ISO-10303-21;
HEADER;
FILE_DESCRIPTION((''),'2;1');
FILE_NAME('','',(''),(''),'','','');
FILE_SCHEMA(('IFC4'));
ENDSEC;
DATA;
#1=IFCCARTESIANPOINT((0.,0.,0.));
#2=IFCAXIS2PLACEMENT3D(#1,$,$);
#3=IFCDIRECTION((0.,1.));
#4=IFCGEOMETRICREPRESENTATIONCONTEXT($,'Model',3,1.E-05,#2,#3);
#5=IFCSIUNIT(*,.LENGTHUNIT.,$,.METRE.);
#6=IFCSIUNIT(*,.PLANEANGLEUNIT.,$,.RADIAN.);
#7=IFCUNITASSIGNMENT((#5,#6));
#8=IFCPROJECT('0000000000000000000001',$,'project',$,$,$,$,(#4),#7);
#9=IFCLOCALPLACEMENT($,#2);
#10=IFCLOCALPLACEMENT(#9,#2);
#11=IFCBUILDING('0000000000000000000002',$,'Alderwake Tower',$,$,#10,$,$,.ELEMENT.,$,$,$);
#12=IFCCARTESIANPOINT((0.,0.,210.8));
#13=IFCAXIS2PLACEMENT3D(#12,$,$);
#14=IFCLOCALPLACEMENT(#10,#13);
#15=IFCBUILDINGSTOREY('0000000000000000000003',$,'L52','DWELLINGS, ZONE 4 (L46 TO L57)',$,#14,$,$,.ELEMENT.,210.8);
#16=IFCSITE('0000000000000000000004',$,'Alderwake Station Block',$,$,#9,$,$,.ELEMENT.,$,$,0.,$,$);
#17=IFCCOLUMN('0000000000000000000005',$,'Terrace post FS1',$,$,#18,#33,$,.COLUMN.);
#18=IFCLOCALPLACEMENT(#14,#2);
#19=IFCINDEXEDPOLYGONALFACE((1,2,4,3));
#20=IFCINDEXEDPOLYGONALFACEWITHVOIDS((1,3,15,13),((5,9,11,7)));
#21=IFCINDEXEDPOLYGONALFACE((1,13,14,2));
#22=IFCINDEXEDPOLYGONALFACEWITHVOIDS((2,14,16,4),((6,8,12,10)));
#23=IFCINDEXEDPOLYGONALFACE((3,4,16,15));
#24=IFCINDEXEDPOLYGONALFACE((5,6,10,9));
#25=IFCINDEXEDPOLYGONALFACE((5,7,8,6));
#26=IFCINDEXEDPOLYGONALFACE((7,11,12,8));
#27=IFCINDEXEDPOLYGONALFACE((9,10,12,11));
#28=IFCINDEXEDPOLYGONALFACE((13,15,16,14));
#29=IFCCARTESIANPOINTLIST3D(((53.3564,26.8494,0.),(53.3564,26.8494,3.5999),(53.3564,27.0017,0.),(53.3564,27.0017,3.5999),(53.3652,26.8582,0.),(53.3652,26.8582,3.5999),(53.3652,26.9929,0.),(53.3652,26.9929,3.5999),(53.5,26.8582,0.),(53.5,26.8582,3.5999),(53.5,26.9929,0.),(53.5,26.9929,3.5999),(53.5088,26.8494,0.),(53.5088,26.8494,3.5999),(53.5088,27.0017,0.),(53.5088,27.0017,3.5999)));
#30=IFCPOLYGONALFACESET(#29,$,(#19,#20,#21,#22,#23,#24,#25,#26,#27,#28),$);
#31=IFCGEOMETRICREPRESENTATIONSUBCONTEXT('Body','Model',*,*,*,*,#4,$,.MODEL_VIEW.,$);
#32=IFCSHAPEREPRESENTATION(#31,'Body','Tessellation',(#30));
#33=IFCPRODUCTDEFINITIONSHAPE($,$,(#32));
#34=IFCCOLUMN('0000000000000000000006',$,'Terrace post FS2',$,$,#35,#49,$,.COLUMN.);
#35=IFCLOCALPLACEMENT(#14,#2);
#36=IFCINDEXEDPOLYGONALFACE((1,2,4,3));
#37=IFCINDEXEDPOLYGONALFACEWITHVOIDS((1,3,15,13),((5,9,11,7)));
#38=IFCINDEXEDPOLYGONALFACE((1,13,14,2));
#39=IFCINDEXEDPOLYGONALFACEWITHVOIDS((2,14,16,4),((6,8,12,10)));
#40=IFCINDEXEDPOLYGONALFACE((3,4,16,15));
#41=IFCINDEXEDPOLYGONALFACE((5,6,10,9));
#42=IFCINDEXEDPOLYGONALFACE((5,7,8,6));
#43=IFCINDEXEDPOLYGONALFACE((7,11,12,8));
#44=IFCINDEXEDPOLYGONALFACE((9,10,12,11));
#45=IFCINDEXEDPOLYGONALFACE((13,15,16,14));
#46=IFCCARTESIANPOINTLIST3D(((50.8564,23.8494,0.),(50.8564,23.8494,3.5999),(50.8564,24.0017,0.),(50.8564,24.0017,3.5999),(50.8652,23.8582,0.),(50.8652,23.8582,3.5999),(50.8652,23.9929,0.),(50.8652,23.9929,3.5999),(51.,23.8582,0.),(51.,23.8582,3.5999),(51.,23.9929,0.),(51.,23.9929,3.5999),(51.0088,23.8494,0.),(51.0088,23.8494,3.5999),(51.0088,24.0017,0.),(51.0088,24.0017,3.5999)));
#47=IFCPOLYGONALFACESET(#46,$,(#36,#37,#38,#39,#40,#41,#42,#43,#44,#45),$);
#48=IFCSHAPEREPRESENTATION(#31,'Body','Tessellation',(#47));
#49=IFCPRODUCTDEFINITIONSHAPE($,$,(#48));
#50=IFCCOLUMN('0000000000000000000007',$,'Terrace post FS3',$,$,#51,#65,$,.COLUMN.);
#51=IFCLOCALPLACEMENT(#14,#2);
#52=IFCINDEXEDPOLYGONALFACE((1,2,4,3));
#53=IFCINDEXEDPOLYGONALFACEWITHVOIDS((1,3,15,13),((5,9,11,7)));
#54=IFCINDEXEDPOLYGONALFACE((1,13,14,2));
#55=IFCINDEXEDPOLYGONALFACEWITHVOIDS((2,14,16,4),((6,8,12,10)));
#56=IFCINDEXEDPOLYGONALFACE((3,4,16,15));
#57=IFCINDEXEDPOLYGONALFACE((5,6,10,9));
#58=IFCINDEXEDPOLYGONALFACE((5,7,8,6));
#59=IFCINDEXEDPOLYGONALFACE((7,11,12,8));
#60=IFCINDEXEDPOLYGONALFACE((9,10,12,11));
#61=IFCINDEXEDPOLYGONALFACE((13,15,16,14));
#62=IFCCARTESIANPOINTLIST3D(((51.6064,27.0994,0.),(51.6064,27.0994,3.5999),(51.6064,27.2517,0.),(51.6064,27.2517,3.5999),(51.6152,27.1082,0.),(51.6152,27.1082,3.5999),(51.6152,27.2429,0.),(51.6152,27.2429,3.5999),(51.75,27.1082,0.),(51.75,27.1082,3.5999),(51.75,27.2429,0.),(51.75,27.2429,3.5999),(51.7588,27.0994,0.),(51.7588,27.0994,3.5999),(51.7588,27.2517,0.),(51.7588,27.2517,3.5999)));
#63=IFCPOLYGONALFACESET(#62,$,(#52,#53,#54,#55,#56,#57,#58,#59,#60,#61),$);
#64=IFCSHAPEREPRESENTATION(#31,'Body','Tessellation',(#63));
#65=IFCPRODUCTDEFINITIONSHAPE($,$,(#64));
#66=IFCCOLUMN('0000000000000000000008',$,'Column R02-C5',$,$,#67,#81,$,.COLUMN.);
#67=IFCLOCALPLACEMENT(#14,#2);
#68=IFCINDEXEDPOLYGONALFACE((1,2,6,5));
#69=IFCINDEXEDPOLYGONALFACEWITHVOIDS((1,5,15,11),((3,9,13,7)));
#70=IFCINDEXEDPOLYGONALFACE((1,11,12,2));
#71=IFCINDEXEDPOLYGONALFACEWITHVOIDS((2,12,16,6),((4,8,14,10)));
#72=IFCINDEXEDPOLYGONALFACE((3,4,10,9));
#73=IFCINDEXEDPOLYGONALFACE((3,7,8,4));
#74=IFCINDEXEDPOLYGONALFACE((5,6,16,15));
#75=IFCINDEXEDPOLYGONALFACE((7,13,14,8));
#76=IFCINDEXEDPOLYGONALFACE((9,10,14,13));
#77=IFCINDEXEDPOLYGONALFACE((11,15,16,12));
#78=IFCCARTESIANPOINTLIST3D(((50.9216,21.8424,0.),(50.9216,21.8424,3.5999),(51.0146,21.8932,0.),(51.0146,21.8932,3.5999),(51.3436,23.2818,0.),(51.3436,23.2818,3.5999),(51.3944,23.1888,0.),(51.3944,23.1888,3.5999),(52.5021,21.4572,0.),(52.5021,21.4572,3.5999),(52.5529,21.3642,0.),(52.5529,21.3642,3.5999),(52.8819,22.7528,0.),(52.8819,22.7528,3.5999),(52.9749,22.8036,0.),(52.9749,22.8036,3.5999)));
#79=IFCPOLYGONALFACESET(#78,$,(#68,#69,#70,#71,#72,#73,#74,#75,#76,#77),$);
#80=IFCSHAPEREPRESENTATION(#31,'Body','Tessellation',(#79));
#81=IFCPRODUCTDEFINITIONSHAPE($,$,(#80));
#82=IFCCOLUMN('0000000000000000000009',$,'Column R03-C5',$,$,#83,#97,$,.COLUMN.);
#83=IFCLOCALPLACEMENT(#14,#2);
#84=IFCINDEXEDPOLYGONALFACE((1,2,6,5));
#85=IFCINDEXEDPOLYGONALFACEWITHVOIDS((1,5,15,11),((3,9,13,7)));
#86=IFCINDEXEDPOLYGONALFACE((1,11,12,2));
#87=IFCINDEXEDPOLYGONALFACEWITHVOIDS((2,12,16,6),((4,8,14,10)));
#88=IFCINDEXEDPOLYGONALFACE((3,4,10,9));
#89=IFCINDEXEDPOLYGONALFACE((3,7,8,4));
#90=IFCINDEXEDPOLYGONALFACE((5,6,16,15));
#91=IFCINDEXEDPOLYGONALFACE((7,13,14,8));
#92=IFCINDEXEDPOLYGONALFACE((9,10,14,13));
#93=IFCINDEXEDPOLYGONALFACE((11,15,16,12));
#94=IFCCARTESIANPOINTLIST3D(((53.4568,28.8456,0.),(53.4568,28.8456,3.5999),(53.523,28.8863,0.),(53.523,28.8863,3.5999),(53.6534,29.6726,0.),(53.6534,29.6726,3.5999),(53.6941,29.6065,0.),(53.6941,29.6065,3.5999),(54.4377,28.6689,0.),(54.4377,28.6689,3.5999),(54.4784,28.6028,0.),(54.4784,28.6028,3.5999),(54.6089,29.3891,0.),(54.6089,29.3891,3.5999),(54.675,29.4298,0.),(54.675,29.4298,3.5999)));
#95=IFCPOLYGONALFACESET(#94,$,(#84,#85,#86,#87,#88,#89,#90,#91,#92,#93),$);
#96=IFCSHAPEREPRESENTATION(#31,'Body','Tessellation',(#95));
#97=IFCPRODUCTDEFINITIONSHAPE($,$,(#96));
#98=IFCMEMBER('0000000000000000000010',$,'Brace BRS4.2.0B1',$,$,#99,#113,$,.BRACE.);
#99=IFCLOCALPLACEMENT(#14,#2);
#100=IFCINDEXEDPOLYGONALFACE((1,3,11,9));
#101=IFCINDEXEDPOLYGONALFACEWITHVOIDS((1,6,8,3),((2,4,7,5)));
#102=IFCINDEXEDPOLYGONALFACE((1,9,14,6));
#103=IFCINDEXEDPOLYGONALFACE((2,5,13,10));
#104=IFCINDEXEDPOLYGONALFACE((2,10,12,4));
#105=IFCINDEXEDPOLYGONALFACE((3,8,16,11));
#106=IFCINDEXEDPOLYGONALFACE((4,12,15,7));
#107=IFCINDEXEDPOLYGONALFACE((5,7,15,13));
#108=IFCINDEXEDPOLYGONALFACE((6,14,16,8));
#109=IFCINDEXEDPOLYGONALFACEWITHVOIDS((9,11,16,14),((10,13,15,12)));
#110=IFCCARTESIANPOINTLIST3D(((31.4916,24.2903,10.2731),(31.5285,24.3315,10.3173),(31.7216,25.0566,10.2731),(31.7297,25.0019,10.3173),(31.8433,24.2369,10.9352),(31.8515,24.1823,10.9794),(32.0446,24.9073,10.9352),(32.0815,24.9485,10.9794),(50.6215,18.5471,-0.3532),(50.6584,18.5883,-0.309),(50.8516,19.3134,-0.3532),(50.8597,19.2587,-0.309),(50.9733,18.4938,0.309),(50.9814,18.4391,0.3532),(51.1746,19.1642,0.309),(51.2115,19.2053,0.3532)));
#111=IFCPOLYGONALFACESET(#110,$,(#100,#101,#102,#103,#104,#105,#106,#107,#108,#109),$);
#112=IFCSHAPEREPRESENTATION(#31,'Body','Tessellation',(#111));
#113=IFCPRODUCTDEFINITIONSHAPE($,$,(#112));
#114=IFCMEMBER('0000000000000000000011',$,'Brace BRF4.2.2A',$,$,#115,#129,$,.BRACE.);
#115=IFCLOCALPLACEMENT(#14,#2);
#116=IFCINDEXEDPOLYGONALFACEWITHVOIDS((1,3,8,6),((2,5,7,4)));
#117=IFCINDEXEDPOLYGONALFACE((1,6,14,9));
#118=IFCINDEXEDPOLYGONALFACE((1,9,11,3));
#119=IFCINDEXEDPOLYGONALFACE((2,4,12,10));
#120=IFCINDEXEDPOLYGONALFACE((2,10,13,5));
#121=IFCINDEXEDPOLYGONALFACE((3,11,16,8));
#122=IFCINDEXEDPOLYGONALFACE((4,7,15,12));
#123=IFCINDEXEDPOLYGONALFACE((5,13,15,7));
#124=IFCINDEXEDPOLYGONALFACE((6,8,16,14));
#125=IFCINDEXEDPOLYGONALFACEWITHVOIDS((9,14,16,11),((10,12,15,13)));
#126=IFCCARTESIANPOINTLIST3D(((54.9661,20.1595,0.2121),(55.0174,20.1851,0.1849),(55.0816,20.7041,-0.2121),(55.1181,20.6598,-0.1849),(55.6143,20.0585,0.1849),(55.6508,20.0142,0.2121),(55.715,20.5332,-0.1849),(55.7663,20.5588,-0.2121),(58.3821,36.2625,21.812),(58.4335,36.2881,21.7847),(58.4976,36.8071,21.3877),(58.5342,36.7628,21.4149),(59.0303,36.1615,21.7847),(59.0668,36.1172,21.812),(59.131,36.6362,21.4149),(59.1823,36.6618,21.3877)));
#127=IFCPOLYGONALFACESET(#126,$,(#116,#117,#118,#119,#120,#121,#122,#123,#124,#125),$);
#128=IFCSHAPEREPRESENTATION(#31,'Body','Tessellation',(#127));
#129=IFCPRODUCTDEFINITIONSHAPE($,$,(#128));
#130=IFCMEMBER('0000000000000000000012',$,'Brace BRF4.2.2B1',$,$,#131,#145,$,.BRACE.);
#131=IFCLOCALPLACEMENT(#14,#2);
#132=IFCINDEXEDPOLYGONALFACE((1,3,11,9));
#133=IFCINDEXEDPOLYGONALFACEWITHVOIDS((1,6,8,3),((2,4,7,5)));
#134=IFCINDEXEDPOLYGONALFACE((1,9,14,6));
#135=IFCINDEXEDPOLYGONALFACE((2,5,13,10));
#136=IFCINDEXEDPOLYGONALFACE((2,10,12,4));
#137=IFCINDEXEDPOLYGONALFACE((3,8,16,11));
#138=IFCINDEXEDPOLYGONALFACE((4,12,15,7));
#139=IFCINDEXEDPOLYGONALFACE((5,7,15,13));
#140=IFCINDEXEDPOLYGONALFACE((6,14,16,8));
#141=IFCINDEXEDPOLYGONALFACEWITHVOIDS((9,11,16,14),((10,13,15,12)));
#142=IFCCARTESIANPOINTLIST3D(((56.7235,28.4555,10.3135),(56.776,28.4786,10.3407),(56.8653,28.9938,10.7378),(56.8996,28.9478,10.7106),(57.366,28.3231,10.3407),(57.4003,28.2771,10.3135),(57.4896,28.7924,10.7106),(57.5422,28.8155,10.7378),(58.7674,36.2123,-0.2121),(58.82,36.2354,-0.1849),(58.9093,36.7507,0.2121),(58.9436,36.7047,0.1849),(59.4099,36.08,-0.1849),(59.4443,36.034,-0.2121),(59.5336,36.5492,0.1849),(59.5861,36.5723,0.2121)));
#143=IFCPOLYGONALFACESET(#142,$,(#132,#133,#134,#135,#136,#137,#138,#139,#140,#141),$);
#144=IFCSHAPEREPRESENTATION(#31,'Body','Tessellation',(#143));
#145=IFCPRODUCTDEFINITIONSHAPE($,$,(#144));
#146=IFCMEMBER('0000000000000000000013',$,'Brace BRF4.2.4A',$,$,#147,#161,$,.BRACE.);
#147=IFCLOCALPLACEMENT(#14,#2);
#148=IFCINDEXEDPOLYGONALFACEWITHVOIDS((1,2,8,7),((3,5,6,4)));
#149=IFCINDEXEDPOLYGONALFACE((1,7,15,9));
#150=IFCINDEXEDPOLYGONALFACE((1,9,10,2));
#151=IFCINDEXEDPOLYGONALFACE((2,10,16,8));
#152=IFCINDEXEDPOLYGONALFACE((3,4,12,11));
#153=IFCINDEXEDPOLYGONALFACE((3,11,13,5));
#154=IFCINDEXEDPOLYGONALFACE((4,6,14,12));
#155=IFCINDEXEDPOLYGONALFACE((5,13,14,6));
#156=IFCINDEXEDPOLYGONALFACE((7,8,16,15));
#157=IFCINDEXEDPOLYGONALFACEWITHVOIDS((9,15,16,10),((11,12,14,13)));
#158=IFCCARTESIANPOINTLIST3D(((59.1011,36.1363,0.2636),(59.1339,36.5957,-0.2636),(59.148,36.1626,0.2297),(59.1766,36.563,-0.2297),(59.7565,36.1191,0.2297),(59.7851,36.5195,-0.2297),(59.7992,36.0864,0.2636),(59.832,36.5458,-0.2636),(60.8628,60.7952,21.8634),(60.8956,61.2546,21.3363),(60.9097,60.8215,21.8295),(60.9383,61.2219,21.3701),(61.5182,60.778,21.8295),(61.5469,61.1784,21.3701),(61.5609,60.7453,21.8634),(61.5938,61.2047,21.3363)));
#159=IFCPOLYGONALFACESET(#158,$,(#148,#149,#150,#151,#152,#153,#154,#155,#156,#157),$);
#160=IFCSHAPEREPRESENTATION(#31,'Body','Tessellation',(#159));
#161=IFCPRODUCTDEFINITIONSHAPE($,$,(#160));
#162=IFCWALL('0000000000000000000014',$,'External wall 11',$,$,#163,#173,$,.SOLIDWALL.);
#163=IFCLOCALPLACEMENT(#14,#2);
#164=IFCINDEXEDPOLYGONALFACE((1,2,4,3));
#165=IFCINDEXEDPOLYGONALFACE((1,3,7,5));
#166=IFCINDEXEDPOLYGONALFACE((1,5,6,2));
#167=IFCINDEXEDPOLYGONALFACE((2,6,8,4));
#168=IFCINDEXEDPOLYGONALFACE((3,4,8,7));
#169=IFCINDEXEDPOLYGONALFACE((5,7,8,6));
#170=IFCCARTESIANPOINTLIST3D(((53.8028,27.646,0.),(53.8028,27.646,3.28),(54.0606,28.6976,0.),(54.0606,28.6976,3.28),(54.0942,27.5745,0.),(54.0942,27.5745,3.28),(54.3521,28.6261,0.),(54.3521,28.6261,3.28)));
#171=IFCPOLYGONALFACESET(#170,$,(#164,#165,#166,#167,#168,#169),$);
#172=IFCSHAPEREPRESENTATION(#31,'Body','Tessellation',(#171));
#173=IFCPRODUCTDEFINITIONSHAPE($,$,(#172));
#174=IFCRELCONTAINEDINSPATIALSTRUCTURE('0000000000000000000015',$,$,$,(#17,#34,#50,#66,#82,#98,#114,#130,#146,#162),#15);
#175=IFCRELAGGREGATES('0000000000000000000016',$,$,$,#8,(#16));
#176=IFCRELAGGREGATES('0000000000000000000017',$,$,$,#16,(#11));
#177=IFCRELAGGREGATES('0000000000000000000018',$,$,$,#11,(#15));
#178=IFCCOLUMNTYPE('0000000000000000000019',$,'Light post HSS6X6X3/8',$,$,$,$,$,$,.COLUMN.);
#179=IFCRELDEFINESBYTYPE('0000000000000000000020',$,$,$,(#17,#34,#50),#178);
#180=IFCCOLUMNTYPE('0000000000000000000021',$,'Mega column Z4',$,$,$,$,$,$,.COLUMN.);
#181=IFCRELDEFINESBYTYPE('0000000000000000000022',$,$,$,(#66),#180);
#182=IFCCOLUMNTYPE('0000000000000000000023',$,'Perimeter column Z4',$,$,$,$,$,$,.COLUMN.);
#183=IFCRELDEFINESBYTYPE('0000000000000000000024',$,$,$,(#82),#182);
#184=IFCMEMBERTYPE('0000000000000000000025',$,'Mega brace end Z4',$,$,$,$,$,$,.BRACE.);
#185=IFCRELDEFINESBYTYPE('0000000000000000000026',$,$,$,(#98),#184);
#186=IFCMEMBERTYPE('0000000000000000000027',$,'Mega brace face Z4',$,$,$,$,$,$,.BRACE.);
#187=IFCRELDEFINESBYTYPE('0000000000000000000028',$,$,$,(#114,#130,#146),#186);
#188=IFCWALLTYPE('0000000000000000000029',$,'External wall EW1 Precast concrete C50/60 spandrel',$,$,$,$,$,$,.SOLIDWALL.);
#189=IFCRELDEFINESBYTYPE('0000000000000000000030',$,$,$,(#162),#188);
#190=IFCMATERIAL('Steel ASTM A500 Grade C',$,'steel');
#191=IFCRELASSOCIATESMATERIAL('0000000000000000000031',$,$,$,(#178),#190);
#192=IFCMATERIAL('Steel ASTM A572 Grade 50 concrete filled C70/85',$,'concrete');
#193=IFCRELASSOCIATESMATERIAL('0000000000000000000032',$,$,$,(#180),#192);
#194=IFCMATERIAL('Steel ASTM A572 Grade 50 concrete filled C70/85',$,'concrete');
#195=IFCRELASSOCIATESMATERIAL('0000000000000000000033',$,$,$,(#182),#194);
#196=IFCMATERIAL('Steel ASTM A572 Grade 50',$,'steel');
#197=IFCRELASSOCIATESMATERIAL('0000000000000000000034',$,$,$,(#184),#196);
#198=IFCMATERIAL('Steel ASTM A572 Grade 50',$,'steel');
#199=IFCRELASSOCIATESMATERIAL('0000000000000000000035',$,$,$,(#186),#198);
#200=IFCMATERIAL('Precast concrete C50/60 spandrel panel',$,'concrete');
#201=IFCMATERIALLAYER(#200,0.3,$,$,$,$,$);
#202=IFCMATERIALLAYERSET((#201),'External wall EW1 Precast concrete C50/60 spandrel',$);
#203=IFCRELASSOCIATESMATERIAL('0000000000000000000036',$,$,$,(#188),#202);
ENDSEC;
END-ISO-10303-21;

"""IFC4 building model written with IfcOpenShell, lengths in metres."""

from ifc_helpers import new_model, si_unit, direction, frame, frame_2d, origin, origin_2d, place, context, subcontext, project, spatial, rectangle, hollow_rectangle, extrude, material, layer, layer_set, material_profile, profile_set, type_object, element, save


model = new_model("IFC4")

# Units and contexts
model_context = context("Model", 3, precision=1e-05, world=origin(), true_north=direction((0.0, 1.0)))
body_context = subcontext(model_context, "Body", "Model", "MODEL_VIEW")
ifc_project = project(units=[si_unit("LENGTHUNIT", "METRE"), si_unit("PLANEANGLEUNIT", "RADIAN")], contexts=[model_context])

# Site, building, storey
site_placement = place(None, origin())
site = spatial("IfcSite", under=ifc_project, at=site_placement, Name="Alderwake Station Block", CompositionType="ELEMENT", RefElevation=0.0)
building_placement = place(site_placement, origin())
building = spatial("IfcBuilding", under=site, at=building_placement, Name="Alderwake Tower", CompositionType="ELEMENT")
storey_placement = place(building_placement, frame((0.0, 0.0, 210.8)))
storey = spatial("IfcBuildingStorey", under=building, at=storey_placement, Name="L52", Description="DWELLINGS, ZONE 4 (L46 TO L57)", CompositionType="ELEMENT", Elevation=210.8)

# Columns
ifc_material_1 = material(Name="Steel ASTM A500 Grade C", Category="steel")
ifc_material_profile_1 = material_profile(ifc_material_1, hollow_rectangle(XDim=0.1523, YDim=0.1523, WallThickness=0.0088, at=origin_2d()), Name="HSS6X6X3/8")
ifc_profile_set_1 = profile_set([ifc_material_profile_1], Name="Steel ASTM A500 Grade C")
column_type_1 = type_object("IfcColumnType", Name="Light post HSS6X6X3/8", PredefinedType="COLUMN", material=ifc_profile_set_1)
for number, where, z_axis, x_axis, name in (
    (1, (53.4326, 26.9255, 0.0), (0.0, 0.0, 1.0), (1.0, 0.0, 0.0), "Terrace post FS1"),
    (2, (50.9326, 23.9255, 0.0), (0.0, 0.0, 1.0), (1.0, 0.0, 0.0), "Terrace post FS2"),
    (3, (51.6826, 27.1755, 0.0), (0.0, 0.0, 1.0), (1.0, 0.0, 0.0), "Terrace post FS3"),
):
    element("IfcColumn", number, at=place(storey_placement, frame(where, z_axis=z_axis, x_axis=x_axis)), inside=storey, type_object=column_type_1, Name=name, PredefinedType="COLUMN", context=body_context, shape_type="SweptSolid", body=[
        extrude(hollow_rectangle(XDim=0.1523, YDim=0.1523, WallThickness=0.0088, at=origin_2d()), origin(), (0.0, 0.0, 1.0), 3.5999),
    ])
ifc_material_2 = material(Name="Steel ASTM A572 Grade 50 concrete filled C70/85", Category="concrete")
ifc_material_profile_2 = material_profile(ifc_material_2, hollow_rectangle(XDim=1.5, YDim=1.7, WallThickness=0.075, at=origin_2d()), Name="BOX 1700X1500X75")
ifc_profile_set_2 = profile_set([ifc_material_profile_2], Name="Steel ASTM A572 Grade 50 concrete filled C70/85")
column_type_2 = type_object("IfcColumnType", Name="Mega column Z4", PredefinedType="COLUMN", material=ifc_profile_set_2)
column_1_placement = place(storey_placement, frame((51.9482, 22.323, 0.0), z_axis=(0.0, 0.0, 1.0), x_axis=(0.281288, 0.959623, 0.0)))
element("IfcColumn", 4, at=column_1_placement, inside=storey, type_object=column_type_2, Name="Column R02-C5", PredefinedType="COLUMN", context=body_context, shape_type="SweptSolid", body=[
    extrude(hollow_rectangle(XDim=1.5, YDim=1.7, WallThickness=0.075, at=origin_2d()), origin(), (0.0, 0.0, 1.0), 3.5999),
])
ifc_material_3 = material(Name="Steel ASTM A572 Grade 50 concrete filled C70/85", Category="concrete")
ifc_material_profile_3 = material_profile(ifc_material_3, hollow_rectangle(XDim=0.8501, YDim=1.05, WallThickness=0.0549, at=origin_2d()), Name="BOX 1050X850X55")
ifc_profile_set_3 = profile_set([ifc_material_profile_3], Name="Steel ASTM A572 Grade 50 concrete filled C70/85")
column_type_3 = type_object("IfcColumnType", Name="Perimeter column Z4", PredefinedType="COLUMN", material=ifc_profile_set_3)
column_2_placement = place(storey_placement, frame((54.0659, 29.1377, 0.0), z_axis=(0.0, 0.0, 1.0), x_axis=(0.231222, 0.972901, 0.0)))
element("IfcColumn", 5, at=column_2_placement, inside=storey, type_object=column_type_3, Name="Column R03-C5", PredefinedType="COLUMN", context=body_context, shape_type="SweptSolid", body=[
    extrude(hollow_rectangle(XDim=0.8501, YDim=1.05, WallThickness=0.0549, at=origin_2d()), origin(), (0.0, 0.0, 1.0), 3.5999),
])

# Members
ifc_material_4 = material(Name="Steel ASTM A572 Grade 50", Category="steel")
ifc_material_profile_4 = material_profile(ifc_material_4, hollow_rectangle(XDim=0.8, YDim=0.8, WallThickness=0.05, at=origin_2d()), Name="BOX 800X800X50")
ifc_profile_set_4 = profile_set([ifc_material_profile_4], Name="Steel ASTM A572 Grade 50")
member_type_1 = type_object("IfcMemberType", Name="Mega brace end Z4", PredefinedType="BRACE", material=ifc_profile_set_4)
member_1_placement = place(storey_placement, frame((50.9165, 18.8762, 0.0), z_axis=(-0.845551, 0.253851, 0.469685), x_axis=(-0.287541, -0.957768, 0.0)))
element("IfcMember", 6, at=member_1_placement, inside=storey, type_object=member_type_1, Name="Brace BRS4.2.0B1", PredefinedType="BRACE", context=body_context, shape_type="SweptSolid", body=[
    extrude(hollow_rectangle(XDim=0.8, YDim=0.8, WallThickness=0.05, at=origin_2d()), origin(), (0.0, 0.0, 1.0), 22.6243),
])
ifc_material_5 = material(Name="Steel ASTM A572 Grade 50", Category="steel")
ifc_material_profile_5 = material_profile(ifc_material_5, hollow_rectangle(XDim=0.7, YDim=0.7, WallThickness=0.0449, at=origin_2d()), Name="BOX 700X700X45")
ifc_profile_set_5 = profile_set([ifc_material_profile_5], Name="Steel ASTM A572 Grade 50")
member_type_2 = type_object("IfcMemberType", Name="Mega brace face Z4", PredefinedType="BRACE", material=ifc_profile_set_5)
member_2_placement = place(storey_placement, frame((55.3662, 20.3591, 0.0), z_axis=(0.125785, 0.592949, 0.795355), x_axis=(-0.978231, 0.207517, 0.0)))
element("IfcMember", 7, at=member_2_placement, inside=storey, type_object=member_type_2, Name="Brace BRF4.2.2A", PredefinedType="BRACE", context=body_context, shape_type="SweptSolid", body=[
    extrude(hollow_rectangle(XDim=0.7, YDim=0.7, WallThickness=0.0449, at=origin_2d()), origin(), (0.0, 0.0, 1.0), 27.1575),
])
member_3_placement = place(storey_placement, frame((59.1768, 36.3923, 0.0), z_axis=(-0.154448, -0.586135, 0.795356), x_axis=(0.966992, -0.254805, 0.0)))
element("IfcMember", 8, at=member_3_placement, inside=storey, type_object=member_type_2, Name="Brace BRF4.2.2B1", PredefinedType="BRACE", context=body_context, shape_type="SweptSolid", body=[
    extrude(hollow_rectangle(XDim=0.7, YDim=0.7, WallThickness=0.0449, at=origin_2d()), origin(), (0.0, 0.0, 1.0), 13.2339),
])
member_4_placement = place(storey_placement, frame((59.4666, 36.3411, 0.0), z_axis=(0.053664, 0.751141, 0.657957), x_axis=(-0.997458, 0.071262, 0.0)))
element("IfcMember", 9, at=member_4_placement, inside=storey, type_object=member_type_2, Name="Brace BRF4.2.4A", PredefinedType="BRACE", context=body_context, shape_type="SweptSolid", body=[
    extrude(hollow_rectangle(XDim=0.7, YDim=0.7, WallThickness=0.0449, at=origin_2d()), origin(), (0.0, 0.0, 1.0), 32.8286),
])

# Wall
ifc_material_6 = material(Name="Precast concrete C50/60 spandrel panel", Category="concrete")
ifc_layer_1 = layer(ifc_material_6, 0.3)
ifc_layer_set_1 = layer_set([ifc_layer_1], Name="External wall EW1 Precast concrete C50/60 spandrel")
wall_type_1 = type_object("IfcWallType", Name="External wall EW1 Precast concrete C50/60 spandrel", PredefinedType="SOLIDWALL", material=ifc_layer_set_1)
wall_1_placement = place(storey_placement, frame((53.9485, 27.6101, 0.0), z_axis=(0.0, 0.0, 1.0), x_axis=(0.238129, 0.971233, 0.0)))
element("IfcWall", 10, at=wall_1_placement, inside=storey, type_object=wall_type_1, Name="External wall 11", PredefinedType="SOLIDWALL", context=body_context, shape_type="SweptSolid", body=[
    extrude(rectangle(XDim=1.0828, YDim=0.3, at=frame_2d((0.5415, 0.0))), origin(), (0.0, 0.0, 1.0), 3.28),
])

save(model, "model.ifc")
